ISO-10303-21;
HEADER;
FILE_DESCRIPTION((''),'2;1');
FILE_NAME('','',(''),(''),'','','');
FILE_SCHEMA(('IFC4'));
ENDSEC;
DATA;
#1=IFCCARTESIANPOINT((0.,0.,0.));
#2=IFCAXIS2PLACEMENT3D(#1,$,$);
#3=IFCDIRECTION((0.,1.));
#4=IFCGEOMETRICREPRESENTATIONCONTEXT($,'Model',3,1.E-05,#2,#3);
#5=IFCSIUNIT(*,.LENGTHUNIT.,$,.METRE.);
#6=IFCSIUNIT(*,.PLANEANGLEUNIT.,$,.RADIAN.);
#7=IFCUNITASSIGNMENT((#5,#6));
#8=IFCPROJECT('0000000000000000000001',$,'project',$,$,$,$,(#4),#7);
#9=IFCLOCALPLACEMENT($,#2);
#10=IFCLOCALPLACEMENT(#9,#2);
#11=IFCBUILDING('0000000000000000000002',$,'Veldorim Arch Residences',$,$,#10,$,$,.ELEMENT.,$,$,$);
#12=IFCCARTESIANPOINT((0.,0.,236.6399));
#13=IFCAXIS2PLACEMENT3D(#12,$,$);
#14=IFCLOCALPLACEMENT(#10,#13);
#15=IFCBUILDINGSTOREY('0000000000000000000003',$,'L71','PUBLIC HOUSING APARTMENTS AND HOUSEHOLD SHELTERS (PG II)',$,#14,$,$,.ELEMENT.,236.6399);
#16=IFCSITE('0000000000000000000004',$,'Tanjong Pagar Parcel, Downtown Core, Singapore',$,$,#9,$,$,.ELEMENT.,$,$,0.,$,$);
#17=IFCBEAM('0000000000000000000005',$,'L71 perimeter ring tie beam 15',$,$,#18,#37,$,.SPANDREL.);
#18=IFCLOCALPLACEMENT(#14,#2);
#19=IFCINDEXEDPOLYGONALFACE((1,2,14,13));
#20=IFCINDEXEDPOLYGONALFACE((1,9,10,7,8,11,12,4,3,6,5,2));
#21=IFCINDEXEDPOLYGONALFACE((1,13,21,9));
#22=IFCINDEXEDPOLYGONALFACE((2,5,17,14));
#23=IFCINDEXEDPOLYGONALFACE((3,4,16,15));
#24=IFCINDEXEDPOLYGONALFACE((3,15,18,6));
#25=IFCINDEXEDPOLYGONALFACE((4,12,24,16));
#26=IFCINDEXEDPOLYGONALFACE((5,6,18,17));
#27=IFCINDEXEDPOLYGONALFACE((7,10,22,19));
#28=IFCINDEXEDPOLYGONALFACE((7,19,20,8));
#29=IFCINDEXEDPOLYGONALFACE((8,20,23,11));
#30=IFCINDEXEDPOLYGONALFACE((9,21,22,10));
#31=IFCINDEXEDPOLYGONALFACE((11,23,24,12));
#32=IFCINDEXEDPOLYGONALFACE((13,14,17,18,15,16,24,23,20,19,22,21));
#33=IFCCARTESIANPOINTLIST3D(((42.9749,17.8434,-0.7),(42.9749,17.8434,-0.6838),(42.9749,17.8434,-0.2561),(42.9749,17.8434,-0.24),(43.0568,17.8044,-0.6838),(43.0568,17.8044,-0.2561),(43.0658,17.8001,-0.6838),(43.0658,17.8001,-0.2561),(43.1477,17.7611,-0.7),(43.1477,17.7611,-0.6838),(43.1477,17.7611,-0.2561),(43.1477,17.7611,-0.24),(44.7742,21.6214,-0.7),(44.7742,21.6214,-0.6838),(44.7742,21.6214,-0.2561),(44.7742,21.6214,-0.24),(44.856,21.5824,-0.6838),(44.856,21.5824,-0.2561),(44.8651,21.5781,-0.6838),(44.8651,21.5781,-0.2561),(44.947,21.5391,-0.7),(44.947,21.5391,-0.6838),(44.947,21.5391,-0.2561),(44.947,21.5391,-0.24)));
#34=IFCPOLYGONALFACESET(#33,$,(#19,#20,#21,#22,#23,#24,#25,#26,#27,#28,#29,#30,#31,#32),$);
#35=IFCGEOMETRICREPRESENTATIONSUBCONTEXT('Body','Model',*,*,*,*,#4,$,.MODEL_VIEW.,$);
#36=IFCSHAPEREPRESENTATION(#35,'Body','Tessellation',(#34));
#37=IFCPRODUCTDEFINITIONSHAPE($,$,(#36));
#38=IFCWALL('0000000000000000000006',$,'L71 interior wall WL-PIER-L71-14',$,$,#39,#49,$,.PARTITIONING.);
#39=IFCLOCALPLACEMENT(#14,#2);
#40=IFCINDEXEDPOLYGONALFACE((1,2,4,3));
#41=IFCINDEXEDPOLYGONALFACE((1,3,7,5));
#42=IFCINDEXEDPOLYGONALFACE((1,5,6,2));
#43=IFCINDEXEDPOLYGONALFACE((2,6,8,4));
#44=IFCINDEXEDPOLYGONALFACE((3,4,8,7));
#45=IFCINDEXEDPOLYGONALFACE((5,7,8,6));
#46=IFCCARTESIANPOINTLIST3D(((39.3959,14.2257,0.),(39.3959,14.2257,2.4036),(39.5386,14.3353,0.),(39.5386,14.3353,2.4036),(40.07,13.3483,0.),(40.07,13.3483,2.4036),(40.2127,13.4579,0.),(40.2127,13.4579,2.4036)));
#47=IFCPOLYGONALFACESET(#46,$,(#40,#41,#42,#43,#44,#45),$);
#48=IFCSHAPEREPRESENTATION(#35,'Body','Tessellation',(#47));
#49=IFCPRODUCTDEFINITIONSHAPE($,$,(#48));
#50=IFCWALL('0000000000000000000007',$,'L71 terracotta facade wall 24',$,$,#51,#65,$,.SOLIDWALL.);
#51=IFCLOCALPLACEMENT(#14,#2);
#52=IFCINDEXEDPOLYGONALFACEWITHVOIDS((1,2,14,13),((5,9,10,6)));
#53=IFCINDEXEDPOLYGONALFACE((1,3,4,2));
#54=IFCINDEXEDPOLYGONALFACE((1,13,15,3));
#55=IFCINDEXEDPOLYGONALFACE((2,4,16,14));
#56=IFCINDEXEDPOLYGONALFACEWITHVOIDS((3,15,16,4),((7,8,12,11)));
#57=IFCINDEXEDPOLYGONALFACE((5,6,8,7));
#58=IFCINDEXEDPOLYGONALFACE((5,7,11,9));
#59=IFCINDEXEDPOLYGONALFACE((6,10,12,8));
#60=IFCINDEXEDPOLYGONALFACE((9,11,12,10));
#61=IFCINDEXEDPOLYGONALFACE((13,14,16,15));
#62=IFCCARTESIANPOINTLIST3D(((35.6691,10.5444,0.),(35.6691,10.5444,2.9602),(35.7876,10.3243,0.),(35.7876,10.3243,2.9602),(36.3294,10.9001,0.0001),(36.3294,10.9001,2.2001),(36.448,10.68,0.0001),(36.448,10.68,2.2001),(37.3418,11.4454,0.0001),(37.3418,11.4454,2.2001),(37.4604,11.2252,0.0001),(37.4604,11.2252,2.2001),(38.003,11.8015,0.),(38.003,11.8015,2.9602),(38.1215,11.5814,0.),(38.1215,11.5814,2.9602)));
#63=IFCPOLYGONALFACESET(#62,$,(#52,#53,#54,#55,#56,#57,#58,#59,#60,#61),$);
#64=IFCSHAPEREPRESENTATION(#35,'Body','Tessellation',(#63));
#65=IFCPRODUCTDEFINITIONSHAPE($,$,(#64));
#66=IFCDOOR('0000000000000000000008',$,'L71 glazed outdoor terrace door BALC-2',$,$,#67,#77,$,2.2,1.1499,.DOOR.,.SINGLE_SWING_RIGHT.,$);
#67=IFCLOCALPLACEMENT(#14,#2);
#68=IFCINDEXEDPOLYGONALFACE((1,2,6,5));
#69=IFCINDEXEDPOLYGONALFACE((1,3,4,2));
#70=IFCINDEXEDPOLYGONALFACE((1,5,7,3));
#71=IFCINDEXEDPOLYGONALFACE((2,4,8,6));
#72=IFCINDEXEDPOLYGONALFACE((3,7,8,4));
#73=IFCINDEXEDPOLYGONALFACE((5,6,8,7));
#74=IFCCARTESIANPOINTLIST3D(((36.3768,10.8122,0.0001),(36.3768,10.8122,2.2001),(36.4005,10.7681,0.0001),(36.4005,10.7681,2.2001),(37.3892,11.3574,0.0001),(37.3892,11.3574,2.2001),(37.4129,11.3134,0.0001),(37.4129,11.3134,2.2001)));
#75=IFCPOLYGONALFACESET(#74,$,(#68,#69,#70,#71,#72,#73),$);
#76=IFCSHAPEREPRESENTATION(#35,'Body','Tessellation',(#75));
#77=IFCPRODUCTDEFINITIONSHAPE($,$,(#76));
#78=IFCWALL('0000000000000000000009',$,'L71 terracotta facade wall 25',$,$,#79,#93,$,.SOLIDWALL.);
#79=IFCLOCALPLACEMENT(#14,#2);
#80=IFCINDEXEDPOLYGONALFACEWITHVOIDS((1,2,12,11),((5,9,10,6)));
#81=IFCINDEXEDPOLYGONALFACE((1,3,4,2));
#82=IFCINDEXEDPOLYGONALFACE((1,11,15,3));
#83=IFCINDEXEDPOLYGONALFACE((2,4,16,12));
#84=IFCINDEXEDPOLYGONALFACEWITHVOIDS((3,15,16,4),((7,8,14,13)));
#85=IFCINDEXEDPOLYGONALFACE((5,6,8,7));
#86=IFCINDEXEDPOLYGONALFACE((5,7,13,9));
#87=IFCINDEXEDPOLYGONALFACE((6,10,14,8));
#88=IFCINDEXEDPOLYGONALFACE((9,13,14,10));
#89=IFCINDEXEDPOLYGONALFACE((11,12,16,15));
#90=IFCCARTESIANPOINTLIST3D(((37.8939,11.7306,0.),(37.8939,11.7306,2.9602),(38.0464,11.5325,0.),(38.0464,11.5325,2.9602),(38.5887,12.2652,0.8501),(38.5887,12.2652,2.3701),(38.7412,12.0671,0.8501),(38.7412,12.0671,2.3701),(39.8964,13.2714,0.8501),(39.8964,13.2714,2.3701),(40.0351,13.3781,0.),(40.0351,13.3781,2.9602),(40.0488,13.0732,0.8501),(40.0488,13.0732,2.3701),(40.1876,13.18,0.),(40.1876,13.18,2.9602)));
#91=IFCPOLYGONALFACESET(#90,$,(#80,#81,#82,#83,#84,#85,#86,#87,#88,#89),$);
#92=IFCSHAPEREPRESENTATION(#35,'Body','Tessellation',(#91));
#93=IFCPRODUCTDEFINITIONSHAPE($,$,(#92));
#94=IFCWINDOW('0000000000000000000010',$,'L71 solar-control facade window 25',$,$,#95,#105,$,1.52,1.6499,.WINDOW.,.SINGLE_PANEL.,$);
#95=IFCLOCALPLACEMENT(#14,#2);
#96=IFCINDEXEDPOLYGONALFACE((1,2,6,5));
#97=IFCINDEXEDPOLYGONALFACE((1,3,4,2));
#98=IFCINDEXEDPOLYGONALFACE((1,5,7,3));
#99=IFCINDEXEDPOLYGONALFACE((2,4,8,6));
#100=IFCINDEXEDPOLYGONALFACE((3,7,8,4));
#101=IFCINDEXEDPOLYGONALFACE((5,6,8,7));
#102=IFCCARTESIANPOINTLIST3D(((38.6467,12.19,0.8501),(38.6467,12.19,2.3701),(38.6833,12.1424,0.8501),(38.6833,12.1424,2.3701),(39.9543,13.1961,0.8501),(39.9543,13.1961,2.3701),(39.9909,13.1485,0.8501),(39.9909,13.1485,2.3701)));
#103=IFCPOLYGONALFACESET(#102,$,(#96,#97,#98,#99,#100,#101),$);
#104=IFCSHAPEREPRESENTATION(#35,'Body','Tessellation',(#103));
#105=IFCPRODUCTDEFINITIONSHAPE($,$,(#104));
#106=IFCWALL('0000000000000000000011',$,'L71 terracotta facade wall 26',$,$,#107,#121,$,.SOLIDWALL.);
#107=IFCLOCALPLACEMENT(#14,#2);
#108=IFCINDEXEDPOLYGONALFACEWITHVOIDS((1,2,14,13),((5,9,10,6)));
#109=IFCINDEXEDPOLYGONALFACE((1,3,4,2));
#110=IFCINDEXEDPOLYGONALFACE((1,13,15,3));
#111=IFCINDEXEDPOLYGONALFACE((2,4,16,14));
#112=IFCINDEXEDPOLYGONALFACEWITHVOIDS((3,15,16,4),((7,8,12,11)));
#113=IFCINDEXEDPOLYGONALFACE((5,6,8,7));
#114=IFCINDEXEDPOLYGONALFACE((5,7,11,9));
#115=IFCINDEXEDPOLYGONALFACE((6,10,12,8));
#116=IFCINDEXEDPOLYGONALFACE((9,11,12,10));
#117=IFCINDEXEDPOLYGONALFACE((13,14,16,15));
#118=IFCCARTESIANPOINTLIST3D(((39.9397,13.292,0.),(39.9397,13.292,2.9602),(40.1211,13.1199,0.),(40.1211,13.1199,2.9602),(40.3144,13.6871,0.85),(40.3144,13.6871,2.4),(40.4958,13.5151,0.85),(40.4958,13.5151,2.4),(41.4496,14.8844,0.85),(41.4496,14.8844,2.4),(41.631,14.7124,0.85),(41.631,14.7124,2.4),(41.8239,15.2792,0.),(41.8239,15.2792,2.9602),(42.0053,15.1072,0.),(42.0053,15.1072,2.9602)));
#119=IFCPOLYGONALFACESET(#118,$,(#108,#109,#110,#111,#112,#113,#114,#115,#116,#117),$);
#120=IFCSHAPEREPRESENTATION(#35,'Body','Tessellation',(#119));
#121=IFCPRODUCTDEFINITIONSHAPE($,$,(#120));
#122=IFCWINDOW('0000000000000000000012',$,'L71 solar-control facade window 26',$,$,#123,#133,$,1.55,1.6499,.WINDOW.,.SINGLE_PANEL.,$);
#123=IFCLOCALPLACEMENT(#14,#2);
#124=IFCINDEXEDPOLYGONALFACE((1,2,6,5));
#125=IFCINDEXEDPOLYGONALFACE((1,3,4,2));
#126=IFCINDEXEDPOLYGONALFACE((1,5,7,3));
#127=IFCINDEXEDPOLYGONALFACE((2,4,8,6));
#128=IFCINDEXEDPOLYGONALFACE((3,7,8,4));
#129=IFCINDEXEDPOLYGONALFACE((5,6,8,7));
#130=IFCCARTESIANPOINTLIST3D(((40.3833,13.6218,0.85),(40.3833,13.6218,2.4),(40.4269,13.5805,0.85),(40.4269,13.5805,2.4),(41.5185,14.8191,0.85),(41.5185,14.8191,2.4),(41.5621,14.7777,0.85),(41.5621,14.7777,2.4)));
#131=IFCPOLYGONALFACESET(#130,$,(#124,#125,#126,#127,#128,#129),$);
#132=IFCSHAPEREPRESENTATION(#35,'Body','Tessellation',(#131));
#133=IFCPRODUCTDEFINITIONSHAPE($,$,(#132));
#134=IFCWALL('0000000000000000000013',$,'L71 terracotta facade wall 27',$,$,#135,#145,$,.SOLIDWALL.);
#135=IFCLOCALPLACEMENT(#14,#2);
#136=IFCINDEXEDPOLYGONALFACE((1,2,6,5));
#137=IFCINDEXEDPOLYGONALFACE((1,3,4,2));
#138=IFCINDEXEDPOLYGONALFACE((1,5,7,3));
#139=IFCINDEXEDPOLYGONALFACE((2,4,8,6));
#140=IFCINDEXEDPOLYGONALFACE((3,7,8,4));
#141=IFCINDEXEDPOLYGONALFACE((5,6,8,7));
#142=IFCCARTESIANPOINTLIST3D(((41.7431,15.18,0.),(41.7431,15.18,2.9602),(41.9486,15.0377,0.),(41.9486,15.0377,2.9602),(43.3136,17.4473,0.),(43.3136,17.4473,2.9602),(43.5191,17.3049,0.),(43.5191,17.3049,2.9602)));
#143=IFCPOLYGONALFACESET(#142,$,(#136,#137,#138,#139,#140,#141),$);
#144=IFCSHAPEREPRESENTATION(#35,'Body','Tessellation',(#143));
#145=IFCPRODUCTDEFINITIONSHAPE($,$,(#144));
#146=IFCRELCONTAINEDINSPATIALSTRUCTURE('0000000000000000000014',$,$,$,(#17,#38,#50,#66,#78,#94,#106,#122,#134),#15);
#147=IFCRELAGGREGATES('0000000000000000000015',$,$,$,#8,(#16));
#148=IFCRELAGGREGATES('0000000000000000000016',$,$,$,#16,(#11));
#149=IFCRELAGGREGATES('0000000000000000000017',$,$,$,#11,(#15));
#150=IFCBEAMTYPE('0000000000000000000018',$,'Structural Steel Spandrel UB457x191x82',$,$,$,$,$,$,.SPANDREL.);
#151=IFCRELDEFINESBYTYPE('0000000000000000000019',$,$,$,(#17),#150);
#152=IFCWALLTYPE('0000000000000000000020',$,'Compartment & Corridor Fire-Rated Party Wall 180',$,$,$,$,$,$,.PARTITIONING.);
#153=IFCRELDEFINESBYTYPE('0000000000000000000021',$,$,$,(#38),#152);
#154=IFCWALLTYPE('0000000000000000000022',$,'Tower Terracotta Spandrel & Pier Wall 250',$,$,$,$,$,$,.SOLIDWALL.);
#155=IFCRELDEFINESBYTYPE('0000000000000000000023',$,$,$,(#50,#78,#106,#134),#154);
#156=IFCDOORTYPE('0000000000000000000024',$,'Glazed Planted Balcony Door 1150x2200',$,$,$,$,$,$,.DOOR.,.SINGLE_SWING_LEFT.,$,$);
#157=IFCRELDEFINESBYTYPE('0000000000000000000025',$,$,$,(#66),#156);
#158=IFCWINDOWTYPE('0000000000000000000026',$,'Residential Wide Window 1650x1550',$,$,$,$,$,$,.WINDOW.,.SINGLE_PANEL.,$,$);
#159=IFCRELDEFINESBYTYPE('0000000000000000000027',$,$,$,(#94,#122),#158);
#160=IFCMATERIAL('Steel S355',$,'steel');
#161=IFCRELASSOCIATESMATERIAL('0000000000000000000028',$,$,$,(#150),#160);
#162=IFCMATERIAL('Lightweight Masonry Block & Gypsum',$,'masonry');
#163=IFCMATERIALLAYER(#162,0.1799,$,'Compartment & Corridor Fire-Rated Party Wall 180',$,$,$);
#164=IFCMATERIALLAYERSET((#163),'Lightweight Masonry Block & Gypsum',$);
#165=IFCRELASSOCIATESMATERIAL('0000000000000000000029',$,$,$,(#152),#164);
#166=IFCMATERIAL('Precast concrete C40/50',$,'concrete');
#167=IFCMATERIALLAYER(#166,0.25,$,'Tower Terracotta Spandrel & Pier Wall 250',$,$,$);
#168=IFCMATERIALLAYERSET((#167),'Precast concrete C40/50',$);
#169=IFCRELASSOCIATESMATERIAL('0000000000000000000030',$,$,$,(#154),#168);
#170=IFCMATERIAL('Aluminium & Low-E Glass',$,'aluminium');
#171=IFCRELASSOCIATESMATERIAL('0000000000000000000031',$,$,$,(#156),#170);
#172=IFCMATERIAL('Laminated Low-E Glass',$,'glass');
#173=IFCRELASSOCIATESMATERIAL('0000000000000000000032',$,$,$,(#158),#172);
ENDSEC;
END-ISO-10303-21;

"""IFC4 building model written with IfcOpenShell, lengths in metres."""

from ifc_helpers import new_model, si_unit, direction, frame, frame_2d, origin, origin_2d, place, context, subcontext, project, spatial, rectangle, i_section, extrude, material, layer, layer_set, material_profile, profile_set, type_object, element, fill, save


model = new_model("IFC4")

# Units and contexts
model_context = context("Model", 3, precision=1e-05, world=origin(), true_north=direction((0.0, 1.0)))
body_context = subcontext(model_context, "Body", "Model", "MODEL_VIEW")
ifc_project = project(units=[si_unit("LENGTHUNIT", "METRE"), si_unit("PLANEANGLEUNIT", "RADIAN")], contexts=[model_context])

# Site, building, storey
site_placement = place(None, origin())
site = spatial("IfcSite", under=ifc_project, at=site_placement, Name="Tanjong Pagar Parcel, Downtown Core, Singapore", CompositionType="ELEMENT", RefElevation=0.0)
building_placement = place(site_placement, origin())
building = spatial("IfcBuilding", under=site, at=building_placement, Name="Veldorim Arch Residences", CompositionType="ELEMENT")
storey_placement = place(building_placement, frame((0.0, 0.0, 236.6399)))
storey = spatial("IfcBuildingStorey", under=building, at=storey_placement, Name="L71", Description="PUBLIC HOUSING APARTMENTS AND HOUSEHOLD SHELTERS (PG II)", CompositionType="ELEMENT", Elevation=236.6399)

# Beam
ifc_material_1 = material(Name="Steel S355", Category="steel")
ifc_material_profile_1 = material_profile(ifc_material_1, i_section(OverallWidth=0.1914, OverallDepth=0.46, WebThickness=0.01, FlangeThickness=0.0161, at=origin_2d()), Name="UB457x191x82")
ifc_profile_set_1 = profile_set([ifc_material_profile_1], Name="Steel S355")
beam_type_1 = type_object("IfcBeamType", Name="Structural Steel Spandrel UB457x191x82", PredefinedType="SPANDREL", material=ifc_profile_set_1)
beam_1_placement = place(storey_placement, frame((43.0613, 17.8022, -0.47), z_axis=(0.429979, 0.902839, 0.0), x_axis=(-0.902839, 0.429979, 0.0)))
element("IfcBeam", 1, at=beam_1_placement, inside=storey, type_object=beam_type_1, Name="L71 perimeter ring tie beam 15", PredefinedType="SPANDREL", context=body_context, shape_type="SweptSolid", body=[
    extrude(i_section(OverallWidth=0.1914, OverallDepth=0.46, WebThickness=0.01, FlangeThickness=0.0161, at=origin_2d()), origin(), (0.0, 0.0, 1.0), 4.1846),
])

# Wall
ifc_material_2 = material(Name="Lightweight Masonry Block & Gypsum", Category="masonry")
ifc_layer_1 = layer(ifc_material_2, 0.1799, Name="Compartment & Corridor Fire-Rated Party Wall 180")
ifc_layer_set_1 = layer_set([ifc_layer_1], Name="Lightweight Masonry Block & Gypsum")
wall_type_1 = type_object("IfcWallType", Name="Compartment & Corridor Fire-Rated Party Wall 180", PredefinedType="PARTITIONING", material=ifc_layer_set_1)
wall_1_placement = place(storey_placement, frame((39.4673, 14.2805, 0.0), z_axis=(0.0, 0.0, 1.0), x_axis=(0.609209, -0.793009, 0.0)))
element("IfcWall", 2, at=wall_1_placement, inside=storey, type_object=wall_type_1, Name="L71 interior wall WL-PIER-L71-14", PredefinedType="PARTITIONING", context=body_context, shape_type="SweptSolid", body=[
    extrude(rectangle(XDim=1.1064, YDim=0.1799, at=frame_2d((0.5532, 0.0))), origin(), (0.0, 0.0, 1.0), 2.4036),
])

# Wall, opening, door
ifc_material_3 = material(Name="Precast concrete C40/50", Category="concrete")
ifc_layer_2 = layer(ifc_material_3, 0.25, Name="Tower Terracotta Spandrel & Pier Wall 250")
ifc_layer_set_2 = layer_set([ifc_layer_2], Name="Precast concrete C40/50")
wall_type_2 = type_object("IfcWallType", Name="Tower Terracotta Spandrel & Pier Wall 250", PredefinedType="SOLIDWALL", material=ifc_layer_set_2)
wall_2_placement = place(storey_placement, frame((38.0623, 11.6914, 0.0), z_axis=(0.0, 0.0, 1.0), x_axis=(-0.880421, -0.474193, 0.0)))
wall_2 = element("IfcWall", 3, at=wall_2_placement, inside=storey, type_object=wall_type_2, Name="L71 terracotta facade wall 24", PredefinedType="SOLIDWALL", context=body_context, shape_type="SweptSolid", body=[
    extrude(rectangle(XDim=2.6509, YDim=0.25, at=frame_2d((1.3254, 0.0))), origin(), (0.0, 0.0, 1.0), 2.9602),
])
opening_1_placement = place(wall_2_placement, frame((0.751, 0.0, 0.0)))
opening_1 = element("IfcOpeningElement", 4, at=opening_1_placement, cuts=wall_2, PredefinedType="OPENING", context=body_context, shape_type="SweptSolid", body=[
    extrude(rectangle(XDim=1.1499, YDim=2.2, at=frame_2d((0.575, 1.1001))), frame((0.0, 0.135, 0.0), z_axis=(0.0, -1.0, 0.0), x_axis=(1.0, 0.0, 0.0)), (0.0, 0.0, 1.0), 0.27),
])
ifc_material_4 = material(Name="Aluminium & Low-E Glass", Category="aluminium")
door_type_1 = type_object("IfcDoorType", Name="Glazed Planted Balcony Door 1150x2200", OperationType="SINGLE_SWING_LEFT", PredefinedType="DOOR", material=ifc_material_4)
door_1_placement = place(opening_1_placement, origin())
door_1 = element("IfcDoor", 5, at=door_1_placement, inside=storey, type_object=door_type_1, Name="L71 glazed outdoor terrace door BALC-2", OperationType="SINGLE_SWING_RIGHT", OverallHeight=2.2, OverallWidth=1.1499, PredefinedType="DOOR", context=body_context, shape_type="SweptSolid", body=[
    extrude(rectangle(XDim=1.1499, YDim=2.2, at=frame_2d((0.575, 1.1001))), frame((0.0, 0.0249, 0.0), z_axis=(0.0, -1.0, 0.0), x_axis=(1.0, 0.0, 0.0)), (0.0, 0.0, 1.0), 0.05),
])
fill(opening_1, door_1)

# Walls, openings, windows
wall_3_placement = place(storey_placement, frame((40.1113, 13.2791, 0.0), z_axis=(0.0, 0.0, 1.0), x_axis=(-0.792543, -0.609816, 0.0)))
wall_3 = element("IfcWall", 6, at=wall_3_placement, inside=storey, type_object=wall_type_2, Name="L71 terracotta facade wall 25", PredefinedType="SOLIDWALL", context=body_context, shape_type="SweptSolid", body=[
    extrude(rectangle(XDim=2.7017, YDim=0.25, at=frame_2d((1.3508, 0.0))), origin(), (0.0, 0.0, 1.0), 2.9602),
])
opening_2_placement = place(wall_3_placement, frame((0.175, 0.0, 0.8501)))
opening_2 = element("IfcOpeningElement", 7, at=opening_2_placement, cuts=wall_3, PredefinedType="OPENING", context=body_context, shape_type="SweptSolid", body=[
    extrude(rectangle(XDim=1.6499, YDim=1.52, at=frame_2d((0.825, 0.76))), frame((0.0, 0.135, 0.0), z_axis=(0.0, -1.0, 0.0), x_axis=(1.0, 0.0, 0.0)), (0.0, 0.0, 1.0), 0.27),
])
ifc_material_5 = material(Name="Laminated Low-E Glass", Category="glass")
window_type_1 = type_object("IfcWindowType", Name="Residential Wide Window 1650x1550", PartitioningType="SINGLE_PANEL", PredefinedType="WINDOW", material=ifc_material_5)
window_1_placement = place(opening_2_placement, origin())
window_1 = element("IfcWindow", 8, at=window_1_placement, inside=storey, type_object=window_type_1, Name="L71 solar-control facade window 25", OverallHeight=1.52, OverallWidth=1.6499, PartitioningType="SINGLE_PANEL", PredefinedType="WINDOW", context=body_context, shape_type="SweptSolid", body=[
    extrude(rectangle(XDim=1.6499, YDim=1.52, at=frame_2d((0.825, 0.76))), frame((0.0, 0.03, 0.0), z_axis=(0.0, -1.0, 0.0), x_axis=(1.0, 0.0, 0.0)), (0.0, 0.0, 1.0), 0.0601),
])
fill(opening_2, window_1)
wall_4_placement = place(storey_placement, frame((41.9146, 15.1931, 0.0), z_axis=(0.0, 0.0, 1.0), x_axis=(-0.688046, -0.725667, 0.0)))
wall_4 = element("IfcWall", 9, at=wall_4_placement, inside=storey, type_object=wall_type_2, Name="L71 terracotta facade wall 26", PredefinedType="SOLIDWALL", context=body_context, shape_type="SweptSolid", body=[
    extrude(rectangle(XDim=2.7385, YDim=0.25, at=frame_2d((1.3691, 0.0))), origin(), (0.0, 0.0, 1.0), 2.9602),
])
opening_3_placement = place(wall_4_placement, frame((0.5439, 0.0, 0.8501)))
opening_3 = element("IfcOpeningElement", 10, at=opening_3_placement, cuts=wall_4, PredefinedType="OPENING", context=body_context, shape_type="SweptSolid", body=[
    extrude(rectangle(XDim=1.6499, YDim=1.55, at=frame_2d((0.825, 0.7749))), frame((0.0, 0.135, 0.0), z_axis=(0.0, -1.0, 0.0), x_axis=(1.0, 0.0, 0.0)), (0.0, 0.0, 1.0), 0.27),
])
window_2_placement = place(opening_3_placement, origin())
window_2 = element("IfcWindow", 11, at=window_2_placement, inside=storey, type_object=window_type_1, Name="L71 solar-control facade window 26", OverallHeight=1.55, OverallWidth=1.6499, PartitioningType="SINGLE_PANEL", PredefinedType="WINDOW", context=body_context, shape_type="SweptSolid", body=[
    extrude(rectangle(XDim=1.6499, YDim=1.55, at=frame_2d((0.825, 0.7749))), frame((0.0, 0.03, 0.0), z_axis=(0.0, -1.0, 0.0), x_axis=(1.0, 0.0, 0.0)), (0.0, 0.0, 1.0), 0.0601),
])
fill(opening_3, window_2)

# Wall
wall_5_placement = place(storey_placement, frame((43.4163, 17.376, 0.0), z_axis=(0.0, 0.0, 1.0), x_axis=(-0.569422, -0.822046, 0.0)))
element("IfcWall", 12, at=wall_5_placement, inside=storey, type_object=wall_type_2, Name="L71 terracotta facade wall 27", PredefinedType="SOLIDWALL", context=body_context, shape_type="SweptSolid", body=[
    extrude(rectangle(XDim=2.7581, YDim=0.25, at=frame_2d((1.3789, 0.0))), origin(), (0.0, 0.0, 1.0), 2.9602),
])

save(model, "model.ifc")
